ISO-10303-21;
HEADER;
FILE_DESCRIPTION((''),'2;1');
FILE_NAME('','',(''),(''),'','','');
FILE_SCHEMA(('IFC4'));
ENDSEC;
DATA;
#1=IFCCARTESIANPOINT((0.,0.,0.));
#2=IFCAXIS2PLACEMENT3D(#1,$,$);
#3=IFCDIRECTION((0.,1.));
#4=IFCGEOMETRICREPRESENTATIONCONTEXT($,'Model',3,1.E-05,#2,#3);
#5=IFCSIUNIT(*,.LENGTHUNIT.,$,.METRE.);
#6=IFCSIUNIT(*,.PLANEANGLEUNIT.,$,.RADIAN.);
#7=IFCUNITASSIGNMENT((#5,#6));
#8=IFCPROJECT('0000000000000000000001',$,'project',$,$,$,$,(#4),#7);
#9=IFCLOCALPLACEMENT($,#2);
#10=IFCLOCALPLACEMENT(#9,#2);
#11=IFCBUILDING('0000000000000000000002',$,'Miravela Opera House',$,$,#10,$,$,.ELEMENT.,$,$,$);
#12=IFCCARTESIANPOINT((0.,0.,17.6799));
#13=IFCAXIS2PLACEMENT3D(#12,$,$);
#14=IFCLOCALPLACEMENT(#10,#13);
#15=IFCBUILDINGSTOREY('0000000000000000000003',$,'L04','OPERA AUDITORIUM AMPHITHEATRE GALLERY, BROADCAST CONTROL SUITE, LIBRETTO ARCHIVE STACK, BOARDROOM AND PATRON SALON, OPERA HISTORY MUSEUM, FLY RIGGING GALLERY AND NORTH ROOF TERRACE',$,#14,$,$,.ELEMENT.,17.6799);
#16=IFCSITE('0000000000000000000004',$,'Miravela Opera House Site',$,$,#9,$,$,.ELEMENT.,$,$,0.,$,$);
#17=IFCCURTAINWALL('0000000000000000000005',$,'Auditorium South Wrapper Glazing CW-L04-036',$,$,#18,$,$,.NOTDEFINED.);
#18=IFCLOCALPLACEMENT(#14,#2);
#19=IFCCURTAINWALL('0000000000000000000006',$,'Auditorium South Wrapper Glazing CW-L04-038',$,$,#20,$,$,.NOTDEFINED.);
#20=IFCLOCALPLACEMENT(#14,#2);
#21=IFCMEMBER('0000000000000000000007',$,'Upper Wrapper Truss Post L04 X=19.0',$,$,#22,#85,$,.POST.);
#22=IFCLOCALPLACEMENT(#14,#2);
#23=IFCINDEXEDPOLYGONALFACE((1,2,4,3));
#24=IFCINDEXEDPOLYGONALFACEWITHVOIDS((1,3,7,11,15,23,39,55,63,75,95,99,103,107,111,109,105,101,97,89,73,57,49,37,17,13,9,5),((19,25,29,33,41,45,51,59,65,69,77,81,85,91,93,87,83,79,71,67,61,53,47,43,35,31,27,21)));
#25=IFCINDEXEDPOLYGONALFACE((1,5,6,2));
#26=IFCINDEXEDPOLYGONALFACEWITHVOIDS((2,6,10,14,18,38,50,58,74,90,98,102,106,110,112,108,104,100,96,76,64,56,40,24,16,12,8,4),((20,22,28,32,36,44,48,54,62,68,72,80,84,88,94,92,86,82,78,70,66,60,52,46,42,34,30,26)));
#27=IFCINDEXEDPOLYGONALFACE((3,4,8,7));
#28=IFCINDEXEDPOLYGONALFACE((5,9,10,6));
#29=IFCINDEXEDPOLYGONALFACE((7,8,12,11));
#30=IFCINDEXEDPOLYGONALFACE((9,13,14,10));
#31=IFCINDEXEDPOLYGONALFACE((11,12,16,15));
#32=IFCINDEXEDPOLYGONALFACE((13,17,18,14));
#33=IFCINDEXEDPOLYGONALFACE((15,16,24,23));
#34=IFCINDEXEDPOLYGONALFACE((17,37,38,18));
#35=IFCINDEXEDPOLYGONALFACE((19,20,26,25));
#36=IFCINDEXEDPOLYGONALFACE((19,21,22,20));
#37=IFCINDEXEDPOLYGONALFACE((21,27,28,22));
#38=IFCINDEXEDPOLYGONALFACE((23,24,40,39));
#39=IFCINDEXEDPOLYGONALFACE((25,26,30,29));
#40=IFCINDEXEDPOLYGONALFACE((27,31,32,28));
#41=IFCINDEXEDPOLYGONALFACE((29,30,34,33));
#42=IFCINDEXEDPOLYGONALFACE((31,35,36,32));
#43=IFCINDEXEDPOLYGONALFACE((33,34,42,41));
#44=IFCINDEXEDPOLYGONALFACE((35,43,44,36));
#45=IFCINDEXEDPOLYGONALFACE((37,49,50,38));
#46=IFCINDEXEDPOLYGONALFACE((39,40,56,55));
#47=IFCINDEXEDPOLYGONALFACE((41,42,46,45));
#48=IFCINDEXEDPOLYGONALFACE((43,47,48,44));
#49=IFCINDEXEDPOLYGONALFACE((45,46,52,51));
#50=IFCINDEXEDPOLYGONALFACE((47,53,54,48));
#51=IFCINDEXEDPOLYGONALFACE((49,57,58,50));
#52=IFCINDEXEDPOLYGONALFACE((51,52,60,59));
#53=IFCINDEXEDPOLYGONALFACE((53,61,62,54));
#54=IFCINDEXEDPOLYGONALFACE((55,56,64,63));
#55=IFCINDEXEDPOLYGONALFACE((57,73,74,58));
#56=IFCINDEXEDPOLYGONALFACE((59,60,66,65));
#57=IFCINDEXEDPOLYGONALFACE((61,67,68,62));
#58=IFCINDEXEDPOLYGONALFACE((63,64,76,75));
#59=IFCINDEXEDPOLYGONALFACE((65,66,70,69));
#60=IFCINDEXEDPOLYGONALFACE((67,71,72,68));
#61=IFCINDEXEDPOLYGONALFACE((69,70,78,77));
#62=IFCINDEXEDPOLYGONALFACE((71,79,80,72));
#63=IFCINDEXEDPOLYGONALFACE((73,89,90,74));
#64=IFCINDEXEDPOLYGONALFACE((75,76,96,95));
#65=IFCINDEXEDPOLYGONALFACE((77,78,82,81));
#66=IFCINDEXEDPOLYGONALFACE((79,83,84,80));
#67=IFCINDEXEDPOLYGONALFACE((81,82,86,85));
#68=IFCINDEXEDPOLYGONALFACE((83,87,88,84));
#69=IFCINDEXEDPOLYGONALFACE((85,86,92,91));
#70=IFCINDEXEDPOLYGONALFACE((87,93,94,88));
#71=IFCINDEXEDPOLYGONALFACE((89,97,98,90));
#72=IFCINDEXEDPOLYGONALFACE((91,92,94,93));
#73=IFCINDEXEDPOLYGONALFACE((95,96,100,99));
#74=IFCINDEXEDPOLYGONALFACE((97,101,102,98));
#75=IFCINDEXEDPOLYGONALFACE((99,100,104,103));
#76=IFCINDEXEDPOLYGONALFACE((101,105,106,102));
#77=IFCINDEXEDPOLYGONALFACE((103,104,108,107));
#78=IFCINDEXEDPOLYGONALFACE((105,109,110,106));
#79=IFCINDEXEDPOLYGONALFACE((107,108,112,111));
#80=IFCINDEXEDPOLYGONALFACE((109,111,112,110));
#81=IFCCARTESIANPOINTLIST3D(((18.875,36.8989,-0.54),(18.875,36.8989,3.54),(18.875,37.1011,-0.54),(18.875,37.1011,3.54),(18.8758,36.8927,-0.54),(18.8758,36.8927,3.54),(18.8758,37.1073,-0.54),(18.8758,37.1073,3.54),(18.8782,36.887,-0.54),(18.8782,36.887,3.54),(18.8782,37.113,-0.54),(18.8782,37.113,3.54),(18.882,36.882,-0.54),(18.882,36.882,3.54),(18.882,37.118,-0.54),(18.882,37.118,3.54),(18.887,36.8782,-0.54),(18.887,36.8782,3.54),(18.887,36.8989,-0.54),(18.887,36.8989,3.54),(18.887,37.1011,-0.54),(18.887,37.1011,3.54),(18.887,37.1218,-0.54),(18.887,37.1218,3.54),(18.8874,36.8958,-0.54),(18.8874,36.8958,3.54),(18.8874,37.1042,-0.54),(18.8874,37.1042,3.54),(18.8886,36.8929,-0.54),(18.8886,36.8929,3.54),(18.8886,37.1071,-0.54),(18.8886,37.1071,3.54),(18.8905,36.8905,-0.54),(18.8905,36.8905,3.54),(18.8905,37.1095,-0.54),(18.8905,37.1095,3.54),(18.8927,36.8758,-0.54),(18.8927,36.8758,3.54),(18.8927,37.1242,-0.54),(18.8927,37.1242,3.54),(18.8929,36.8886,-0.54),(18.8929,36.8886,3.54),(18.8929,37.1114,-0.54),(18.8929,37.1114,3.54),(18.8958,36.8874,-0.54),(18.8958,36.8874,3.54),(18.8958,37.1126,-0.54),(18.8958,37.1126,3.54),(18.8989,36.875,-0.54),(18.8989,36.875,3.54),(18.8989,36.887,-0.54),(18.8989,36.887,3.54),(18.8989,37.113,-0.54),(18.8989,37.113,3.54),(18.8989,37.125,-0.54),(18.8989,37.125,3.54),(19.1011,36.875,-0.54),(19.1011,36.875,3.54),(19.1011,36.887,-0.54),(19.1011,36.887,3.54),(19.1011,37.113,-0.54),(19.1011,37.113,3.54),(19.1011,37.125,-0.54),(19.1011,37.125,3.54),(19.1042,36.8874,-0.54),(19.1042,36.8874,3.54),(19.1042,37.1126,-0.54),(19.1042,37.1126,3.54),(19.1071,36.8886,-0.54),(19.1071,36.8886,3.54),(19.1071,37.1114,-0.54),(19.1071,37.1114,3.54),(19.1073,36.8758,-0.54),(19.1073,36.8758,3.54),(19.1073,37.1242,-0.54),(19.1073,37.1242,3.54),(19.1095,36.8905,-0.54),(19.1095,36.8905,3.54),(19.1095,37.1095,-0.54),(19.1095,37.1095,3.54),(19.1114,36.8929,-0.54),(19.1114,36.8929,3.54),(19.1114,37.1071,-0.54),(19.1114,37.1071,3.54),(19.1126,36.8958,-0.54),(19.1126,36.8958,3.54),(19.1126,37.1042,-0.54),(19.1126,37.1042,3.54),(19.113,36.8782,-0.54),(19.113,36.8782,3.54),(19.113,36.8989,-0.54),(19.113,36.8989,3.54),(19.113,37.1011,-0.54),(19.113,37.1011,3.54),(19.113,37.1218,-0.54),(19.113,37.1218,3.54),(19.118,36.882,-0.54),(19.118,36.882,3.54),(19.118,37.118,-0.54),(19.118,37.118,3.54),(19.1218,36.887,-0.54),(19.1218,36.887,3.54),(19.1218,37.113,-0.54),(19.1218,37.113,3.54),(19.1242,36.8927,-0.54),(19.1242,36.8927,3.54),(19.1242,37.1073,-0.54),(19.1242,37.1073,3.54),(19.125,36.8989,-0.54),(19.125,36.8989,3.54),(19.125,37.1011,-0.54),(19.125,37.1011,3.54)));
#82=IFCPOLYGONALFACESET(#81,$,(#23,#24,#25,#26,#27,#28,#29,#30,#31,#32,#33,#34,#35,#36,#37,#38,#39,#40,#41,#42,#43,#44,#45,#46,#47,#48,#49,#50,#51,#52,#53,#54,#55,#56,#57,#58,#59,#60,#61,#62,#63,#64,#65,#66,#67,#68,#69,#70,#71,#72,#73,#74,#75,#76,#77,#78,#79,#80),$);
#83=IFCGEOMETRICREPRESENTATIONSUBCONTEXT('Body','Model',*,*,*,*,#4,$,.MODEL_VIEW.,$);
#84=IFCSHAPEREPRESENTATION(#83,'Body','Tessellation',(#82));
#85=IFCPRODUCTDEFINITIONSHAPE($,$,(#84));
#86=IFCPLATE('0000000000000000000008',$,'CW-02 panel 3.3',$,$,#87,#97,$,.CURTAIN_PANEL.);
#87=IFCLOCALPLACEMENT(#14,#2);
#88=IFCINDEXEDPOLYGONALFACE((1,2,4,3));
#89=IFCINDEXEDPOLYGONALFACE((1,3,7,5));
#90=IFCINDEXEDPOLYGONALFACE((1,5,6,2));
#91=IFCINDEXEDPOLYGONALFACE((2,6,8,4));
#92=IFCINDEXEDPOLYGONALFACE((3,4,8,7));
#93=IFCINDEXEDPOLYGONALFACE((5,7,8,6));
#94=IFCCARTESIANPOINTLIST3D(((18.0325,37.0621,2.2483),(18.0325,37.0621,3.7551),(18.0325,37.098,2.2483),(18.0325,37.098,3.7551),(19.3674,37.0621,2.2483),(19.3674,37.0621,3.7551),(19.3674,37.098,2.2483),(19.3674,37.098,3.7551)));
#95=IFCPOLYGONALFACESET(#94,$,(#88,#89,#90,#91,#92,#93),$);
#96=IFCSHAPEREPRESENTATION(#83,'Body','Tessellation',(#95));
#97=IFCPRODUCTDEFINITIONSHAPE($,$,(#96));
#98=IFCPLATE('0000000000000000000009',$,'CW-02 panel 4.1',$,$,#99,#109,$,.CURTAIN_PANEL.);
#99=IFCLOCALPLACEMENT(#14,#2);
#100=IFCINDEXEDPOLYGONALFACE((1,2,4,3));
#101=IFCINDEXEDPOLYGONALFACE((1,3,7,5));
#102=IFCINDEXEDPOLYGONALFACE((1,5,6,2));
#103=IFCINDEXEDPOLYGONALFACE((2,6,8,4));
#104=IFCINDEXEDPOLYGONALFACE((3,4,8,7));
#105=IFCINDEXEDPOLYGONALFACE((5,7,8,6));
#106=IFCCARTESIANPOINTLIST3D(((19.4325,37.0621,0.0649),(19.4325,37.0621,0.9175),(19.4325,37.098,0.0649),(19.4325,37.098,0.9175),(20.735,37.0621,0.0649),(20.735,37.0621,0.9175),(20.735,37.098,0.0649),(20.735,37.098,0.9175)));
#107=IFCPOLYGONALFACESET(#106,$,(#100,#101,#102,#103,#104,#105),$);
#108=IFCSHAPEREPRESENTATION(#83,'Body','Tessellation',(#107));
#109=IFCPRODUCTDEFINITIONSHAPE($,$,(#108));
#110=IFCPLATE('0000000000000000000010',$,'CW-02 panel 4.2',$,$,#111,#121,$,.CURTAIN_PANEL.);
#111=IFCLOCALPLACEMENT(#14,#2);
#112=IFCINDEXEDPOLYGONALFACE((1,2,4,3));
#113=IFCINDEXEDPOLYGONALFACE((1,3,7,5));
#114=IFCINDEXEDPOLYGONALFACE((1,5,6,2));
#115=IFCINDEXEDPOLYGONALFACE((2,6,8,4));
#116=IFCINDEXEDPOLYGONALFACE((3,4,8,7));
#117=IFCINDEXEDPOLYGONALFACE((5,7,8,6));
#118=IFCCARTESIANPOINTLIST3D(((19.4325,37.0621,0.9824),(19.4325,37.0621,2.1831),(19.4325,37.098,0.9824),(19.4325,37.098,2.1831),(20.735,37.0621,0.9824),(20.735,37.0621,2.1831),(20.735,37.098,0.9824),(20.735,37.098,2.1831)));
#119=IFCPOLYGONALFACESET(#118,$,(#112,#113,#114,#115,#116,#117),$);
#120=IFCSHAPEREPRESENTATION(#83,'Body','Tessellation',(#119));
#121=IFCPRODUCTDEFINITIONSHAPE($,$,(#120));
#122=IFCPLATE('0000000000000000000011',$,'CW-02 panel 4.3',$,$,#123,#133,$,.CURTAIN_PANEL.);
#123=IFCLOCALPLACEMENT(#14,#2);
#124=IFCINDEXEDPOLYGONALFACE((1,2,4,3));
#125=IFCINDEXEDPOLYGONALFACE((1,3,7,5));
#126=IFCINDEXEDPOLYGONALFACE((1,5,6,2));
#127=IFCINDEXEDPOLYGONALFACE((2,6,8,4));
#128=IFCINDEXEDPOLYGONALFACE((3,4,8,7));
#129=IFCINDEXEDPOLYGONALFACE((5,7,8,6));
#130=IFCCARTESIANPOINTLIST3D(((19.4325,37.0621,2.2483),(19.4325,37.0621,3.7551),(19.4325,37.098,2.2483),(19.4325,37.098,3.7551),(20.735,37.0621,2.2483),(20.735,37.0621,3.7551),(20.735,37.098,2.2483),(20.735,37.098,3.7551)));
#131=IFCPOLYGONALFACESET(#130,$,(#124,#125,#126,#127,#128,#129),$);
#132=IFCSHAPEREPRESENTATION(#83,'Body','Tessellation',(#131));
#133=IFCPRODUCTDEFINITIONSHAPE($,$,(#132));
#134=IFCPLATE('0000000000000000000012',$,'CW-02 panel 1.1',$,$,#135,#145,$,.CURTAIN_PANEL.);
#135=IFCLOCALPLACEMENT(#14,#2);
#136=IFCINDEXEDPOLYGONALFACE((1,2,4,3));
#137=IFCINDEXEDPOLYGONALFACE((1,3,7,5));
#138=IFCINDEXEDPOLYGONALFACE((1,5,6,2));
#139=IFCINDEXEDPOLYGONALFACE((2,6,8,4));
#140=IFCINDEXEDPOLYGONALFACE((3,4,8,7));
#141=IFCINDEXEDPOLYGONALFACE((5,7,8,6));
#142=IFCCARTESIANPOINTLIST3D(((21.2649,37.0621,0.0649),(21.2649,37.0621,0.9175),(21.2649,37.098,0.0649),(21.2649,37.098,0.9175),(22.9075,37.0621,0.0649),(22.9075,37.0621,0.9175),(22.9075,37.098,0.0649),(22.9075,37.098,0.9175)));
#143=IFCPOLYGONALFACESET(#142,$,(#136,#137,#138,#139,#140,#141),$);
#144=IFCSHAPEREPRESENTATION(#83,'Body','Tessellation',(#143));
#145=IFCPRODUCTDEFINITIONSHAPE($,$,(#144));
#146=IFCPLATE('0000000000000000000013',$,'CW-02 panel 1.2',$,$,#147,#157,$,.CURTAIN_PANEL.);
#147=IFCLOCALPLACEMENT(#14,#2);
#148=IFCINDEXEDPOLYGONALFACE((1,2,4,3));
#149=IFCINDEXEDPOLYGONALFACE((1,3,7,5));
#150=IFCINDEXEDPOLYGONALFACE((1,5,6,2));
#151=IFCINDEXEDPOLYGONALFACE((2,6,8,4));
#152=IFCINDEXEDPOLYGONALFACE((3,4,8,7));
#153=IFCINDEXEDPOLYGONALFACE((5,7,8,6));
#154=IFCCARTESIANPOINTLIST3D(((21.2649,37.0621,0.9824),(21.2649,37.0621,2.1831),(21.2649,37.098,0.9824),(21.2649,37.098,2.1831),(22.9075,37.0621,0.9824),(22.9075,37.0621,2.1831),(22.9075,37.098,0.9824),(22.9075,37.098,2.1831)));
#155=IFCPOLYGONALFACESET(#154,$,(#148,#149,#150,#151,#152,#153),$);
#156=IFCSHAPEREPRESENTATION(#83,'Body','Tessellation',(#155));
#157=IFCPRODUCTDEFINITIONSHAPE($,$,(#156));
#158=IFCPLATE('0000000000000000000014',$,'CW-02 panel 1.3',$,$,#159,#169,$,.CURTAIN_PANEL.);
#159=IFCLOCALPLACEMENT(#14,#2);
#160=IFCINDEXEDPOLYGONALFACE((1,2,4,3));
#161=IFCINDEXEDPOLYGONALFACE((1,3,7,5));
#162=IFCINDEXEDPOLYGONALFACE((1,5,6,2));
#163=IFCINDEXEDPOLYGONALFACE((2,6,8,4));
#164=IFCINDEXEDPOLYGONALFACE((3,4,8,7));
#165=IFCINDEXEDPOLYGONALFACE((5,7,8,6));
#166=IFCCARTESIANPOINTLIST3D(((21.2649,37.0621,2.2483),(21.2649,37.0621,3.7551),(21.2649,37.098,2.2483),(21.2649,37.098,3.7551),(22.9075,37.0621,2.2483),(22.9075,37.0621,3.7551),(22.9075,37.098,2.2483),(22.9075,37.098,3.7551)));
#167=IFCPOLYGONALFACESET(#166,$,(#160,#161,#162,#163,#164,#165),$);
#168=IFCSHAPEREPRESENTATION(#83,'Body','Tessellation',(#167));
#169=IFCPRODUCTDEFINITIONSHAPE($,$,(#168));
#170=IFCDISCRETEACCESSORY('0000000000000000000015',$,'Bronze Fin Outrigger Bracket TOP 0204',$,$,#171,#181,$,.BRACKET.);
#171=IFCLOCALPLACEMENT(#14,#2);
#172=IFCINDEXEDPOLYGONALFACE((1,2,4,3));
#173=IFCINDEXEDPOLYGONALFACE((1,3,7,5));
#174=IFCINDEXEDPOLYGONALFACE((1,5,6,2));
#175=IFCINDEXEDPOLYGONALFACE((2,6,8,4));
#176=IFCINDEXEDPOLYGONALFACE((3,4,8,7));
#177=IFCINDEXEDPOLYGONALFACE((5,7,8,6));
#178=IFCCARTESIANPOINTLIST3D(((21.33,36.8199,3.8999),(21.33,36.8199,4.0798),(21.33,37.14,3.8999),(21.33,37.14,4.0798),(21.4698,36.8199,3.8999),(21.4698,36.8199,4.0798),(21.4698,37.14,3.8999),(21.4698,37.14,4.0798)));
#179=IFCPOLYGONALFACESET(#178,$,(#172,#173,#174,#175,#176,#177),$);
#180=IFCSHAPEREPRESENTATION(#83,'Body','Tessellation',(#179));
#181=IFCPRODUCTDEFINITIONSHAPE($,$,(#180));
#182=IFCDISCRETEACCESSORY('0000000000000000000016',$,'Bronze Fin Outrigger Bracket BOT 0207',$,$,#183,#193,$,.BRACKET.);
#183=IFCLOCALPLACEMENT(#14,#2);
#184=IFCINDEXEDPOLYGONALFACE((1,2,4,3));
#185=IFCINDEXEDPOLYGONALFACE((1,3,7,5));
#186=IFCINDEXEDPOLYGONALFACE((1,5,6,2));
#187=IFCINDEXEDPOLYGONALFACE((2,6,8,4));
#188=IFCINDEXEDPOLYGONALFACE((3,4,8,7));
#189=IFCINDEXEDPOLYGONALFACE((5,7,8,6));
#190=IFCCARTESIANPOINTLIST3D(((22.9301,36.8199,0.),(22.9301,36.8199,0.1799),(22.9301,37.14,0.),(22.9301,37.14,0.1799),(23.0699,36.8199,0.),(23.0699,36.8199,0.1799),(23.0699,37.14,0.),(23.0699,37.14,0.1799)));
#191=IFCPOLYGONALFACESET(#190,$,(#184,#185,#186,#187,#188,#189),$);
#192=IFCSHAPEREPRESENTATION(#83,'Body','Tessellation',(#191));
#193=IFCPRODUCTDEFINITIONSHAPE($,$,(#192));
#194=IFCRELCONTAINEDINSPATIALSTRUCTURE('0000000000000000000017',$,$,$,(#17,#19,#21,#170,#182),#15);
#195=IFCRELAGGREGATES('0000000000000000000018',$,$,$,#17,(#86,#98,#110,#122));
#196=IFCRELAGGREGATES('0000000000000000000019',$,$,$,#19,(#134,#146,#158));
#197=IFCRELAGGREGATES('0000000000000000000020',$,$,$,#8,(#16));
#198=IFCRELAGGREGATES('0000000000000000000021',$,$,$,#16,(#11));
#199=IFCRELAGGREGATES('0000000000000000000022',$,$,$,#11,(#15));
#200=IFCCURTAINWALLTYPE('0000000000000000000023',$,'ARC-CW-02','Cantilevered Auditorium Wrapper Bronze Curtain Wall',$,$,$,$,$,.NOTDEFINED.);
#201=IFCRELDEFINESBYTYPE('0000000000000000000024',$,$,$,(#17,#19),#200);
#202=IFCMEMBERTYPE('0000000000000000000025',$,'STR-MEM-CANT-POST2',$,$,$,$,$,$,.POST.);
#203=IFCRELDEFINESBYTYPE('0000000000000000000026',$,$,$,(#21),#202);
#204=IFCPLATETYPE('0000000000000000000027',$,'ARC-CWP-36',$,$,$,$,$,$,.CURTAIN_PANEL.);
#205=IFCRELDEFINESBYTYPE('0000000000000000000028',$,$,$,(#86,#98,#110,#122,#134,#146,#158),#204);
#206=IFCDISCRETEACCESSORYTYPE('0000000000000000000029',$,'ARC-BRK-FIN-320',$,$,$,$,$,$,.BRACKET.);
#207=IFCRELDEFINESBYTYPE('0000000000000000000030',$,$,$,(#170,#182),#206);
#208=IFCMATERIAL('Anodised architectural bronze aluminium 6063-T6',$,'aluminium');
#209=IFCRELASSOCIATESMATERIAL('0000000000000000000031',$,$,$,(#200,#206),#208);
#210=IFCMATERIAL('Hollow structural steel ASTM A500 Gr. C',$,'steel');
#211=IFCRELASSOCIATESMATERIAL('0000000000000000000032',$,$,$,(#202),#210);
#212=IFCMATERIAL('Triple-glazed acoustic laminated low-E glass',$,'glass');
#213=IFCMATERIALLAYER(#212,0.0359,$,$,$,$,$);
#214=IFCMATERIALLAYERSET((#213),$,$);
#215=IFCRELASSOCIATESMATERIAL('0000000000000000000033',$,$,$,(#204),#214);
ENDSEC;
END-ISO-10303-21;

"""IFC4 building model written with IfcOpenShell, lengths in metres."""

from ifc_helpers import new_model, si_unit, direction, frame, origin, origin_2d, place, context, subcontext, project, spatial, rectangle, hollow_rectangle, extrude, material, layer, layer_set, material_profile, profile_set, type_object, element, aggregate, save


model = new_model("IFC4")

# Units and contexts
model_context = context("Model", 3, precision=1e-05, world=origin(), true_north=direction((0.0, 1.0)))
body_context = subcontext(model_context, "Body", "Model", "MODEL_VIEW")
ifc_project = project(units=[si_unit("LENGTHUNIT", "METRE"), si_unit("PLANEANGLEUNIT", "RADIAN")], contexts=[model_context])

# Site, building, storey
site_placement = place(None, origin())
site = spatial("IfcSite", under=ifc_project, at=site_placement, Name="Miravela Opera House Site", CompositionType="ELEMENT", RefElevation=0.0)
building_placement = place(site_placement, origin())
building = spatial("IfcBuilding", under=site, at=building_placement, Name="Miravela Opera House", CompositionType="ELEMENT")
storey_placement = place(building_placement, frame((0.0, 0.0, 17.6799)))
storey = spatial("IfcBuildingStorey", under=building, at=storey_placement, Name="L04", Description="OPERA AUDITORIUM AMPHITHEATRE GALLERY, BROADCAST CONTROL SUITE, LIBRETTO ARCHIVE STACK, BOARDROOM AND PATRON SALON, OPERA HISTORY MUSEUM, FLY RIGGING GALLERY AND NORTH ROOF TERRACE", CompositionType="ELEMENT", Elevation=17.6799)

# Curtain walls
ifc_material_1 = material(Name="Anodised architectural bronze aluminium 6063-T6", Category="aluminium")
curtain_wall_type = type_object("IfcCurtainWallType", Name="ARC-CW-02", Description="Cantilevered Auditorium Wrapper Bronze Curtain Wall", PredefinedType="NOTDEFINED", material=ifc_material_1)
curtain_wall_1_placement = place(storey_placement, origin())
curtain_wall_1 = element("IfcCurtainWall", 1, at=curtain_wall_1_placement, inside=storey, type_object=curtain_wall_type, Name="Auditorium South Wrapper Glazing CW-L04-036", PredefinedType="NOTDEFINED")
curtain_wall_2_placement = place(storey_placement, origin())
curtain_wall_2 = element("IfcCurtainWall", 2, at=curtain_wall_2_placement, inside=storey, type_object=curtain_wall_type, Name="Auditorium South Wrapper Glazing CW-L04-038", PredefinedType="NOTDEFINED")

# Member
ifc_material_2 = material(Name="Hollow structural steel ASTM A500 Gr. C", Category="steel")
ifc_material_profile_1 = material_profile(ifc_material_2, hollow_rectangle(XDim=0.25, YDim=0.25, WallThickness=0.012, InnerFilletRadius=0.012, OuterFilletRadius=0.0239, at=origin_2d()), Name="HSS250X250X12")
ifc_profile_set_1 = profile_set([ifc_material_profile_1])
member_type_1 = type_object("IfcMemberType", Name="STR-MEM-CANT-POST2", PredefinedType="POST", material=ifc_profile_set_1)
member_1_placement = place(storey_placement, frame((19.0, 37.0, -0.54), z_axis=(0.0, 0.0, 1.0), x_axis=(1.0, 0.0, 0.0)))
element("IfcMember", 3, at=member_1_placement, inside=storey, type_object=member_type_1, Name="Upper Wrapper Truss Post L04 X=19.0", PredefinedType="POST", context=body_context, shape_type="SweptSolid", body=[
    extrude(hollow_rectangle(XDim=0.25, YDim=0.25, WallThickness=0.012, InnerFilletRadius=0.012, OuterFilletRadius=0.0239, at=origin_2d()), origin(), (0.0, 0.0, 1.0), 4.0801),
])

# Plates
ifc_material_3 = material(Name="Triple-glazed acoustic laminated low-E glass", Category="glass")
ifc_layer = layer(ifc_material_3, 0.0359)
ifc_layer_set = layer_set([ifc_layer])
plate_type = type_object("IfcPlateType", Name="ARC-CWP-36", PredefinedType="CURTAIN_PANEL", material=ifc_layer_set)
plate_1_placement = place(storey_placement, frame((18.7, 37.0801, 2.2483), z_axis=(0.0, 0.0, 1.0), x_axis=(1.0, 0.0, 0.0)))
plate_1 = element("IfcPlate", 4, at=plate_1_placement, type_object=plate_type, Name="CW-02 panel 3.3", PredefinedType="CURTAIN_PANEL", context=body_context, shape_type="SweptSolid", body=[
    extrude(rectangle(XDim=1.335, YDim=0.0359, at=origin_2d()), origin(), (0.0, 0.0, 1.0), 1.5068),
])
plate_2_placement = place(storey_placement, frame((20.0837, 37.0801, 0.0649), z_axis=(0.0, 0.0, 1.0), x_axis=(1.0, 0.0, 0.0)))
plate_2 = element("IfcPlate", 5, at=plate_2_placement, type_object=plate_type, Name="CW-02 panel 4.1", PredefinedType="CURTAIN_PANEL", context=body_context, shape_type="SweptSolid", body=[
    extrude(rectangle(XDim=1.3025, YDim=0.0359, at=origin_2d()), origin(), (0.0, 0.0, 1.0), 0.8525),
])
plate_3_placement = place(storey_placement, frame((20.0837, 37.0801, 0.9824), z_axis=(0.0, 0.0, 1.0), x_axis=(1.0, 0.0, 0.0)))
plate_3 = element("IfcPlate", 6, at=plate_3_placement, type_object=plate_type, Name="CW-02 panel 4.2", PredefinedType="CURTAIN_PANEL", context=body_context, shape_type="SweptSolid", body=[
    extrude(rectangle(XDim=1.3025, YDim=0.0359, at=origin_2d()), origin(), (0.0, 0.0, 1.0), 1.2007),
])
plate_4_placement = place(storey_placement, frame((20.0837, 37.0801, 2.2483), z_axis=(0.0, 0.0, 1.0), x_axis=(1.0, 0.0, 0.0)))
plate_4 = element("IfcPlate", 7, at=plate_4_placement, type_object=plate_type, Name="CW-02 panel 4.3", PredefinedType="CURTAIN_PANEL", context=body_context, shape_type="SweptSolid", body=[
    extrude(rectangle(XDim=1.3025, YDim=0.0359, at=origin_2d()), origin(), (0.0, 0.0, 1.0), 1.5068),
])
aggregate(curtain_wall_1, [plate_1, plate_2, plate_3, plate_4])
plate_5_placement = place(storey_placement, frame((22.0862, 37.0801, 0.0649), z_axis=(0.0, 0.0, 1.0), x_axis=(1.0, 0.0, 0.0)))
plate_5 = element("IfcPlate", 8, at=plate_5_placement, type_object=plate_type, Name="CW-02 panel 1.1", PredefinedType="CURTAIN_PANEL", context=body_context, shape_type="SweptSolid", body=[
    extrude(rectangle(XDim=1.6426, YDim=0.0359, at=origin_2d()), origin(), (0.0, 0.0, 1.0), 0.8525),
])
plate_6_placement = place(storey_placement, frame((22.0862, 37.0801, 0.9824), z_axis=(0.0, 0.0, 1.0), x_axis=(1.0, 0.0, 0.0)))
plate_6 = element("IfcPlate", 9, at=plate_6_placement, type_object=plate_type, Name="CW-02 panel 1.2", PredefinedType="CURTAIN_PANEL", context=body_context, shape_type="SweptSolid", body=[
    extrude(rectangle(XDim=1.6426, YDim=0.0359, at=origin_2d()), origin(), (0.0, 0.0, 1.0), 1.2007),
])
plate_7_placement = place(storey_placement, frame((22.0862, 37.0801, 2.2483), z_axis=(0.0, 0.0, 1.0), x_axis=(1.0, 0.0, 0.0)))
plate_7 = element("IfcPlate", 10, at=plate_7_placement, type_object=plate_type, Name="CW-02 panel 1.3", PredefinedType="CURTAIN_PANEL", context=body_context, shape_type="SweptSolid", body=[
    extrude(rectangle(XDim=1.6426, YDim=0.0359, at=origin_2d()), origin(), (0.0, 0.0, 1.0), 1.5068),
])
aggregate(curtain_wall_2, [plate_5, plate_6, plate_7])

# Discrete accessories
discrete_accessory_type = type_object("IfcDiscreteAccessoryType", Name="ARC-BRK-FIN-320", PredefinedType="BRACKET", material=ifc_material_1)
for number, where, z_axis, x_axis, name in (
    (11, (21.3999, 36.98, 3.8999), (0.0, 0.0, 1.0), (0.0, 1.0, 0.0), "Bronze Fin Outrigger Bracket TOP 0204"),
    (12, (23.0, 36.98, 0.0), (0.0, 0.0, 1.0), (0.0, 1.0, 0.0), "Bronze Fin Outrigger Bracket BOT 0207"),
):
    element("IfcDiscreteAccessory", number, at=place(storey_placement, frame(where, z_axis=z_axis, x_axis=x_axis)), inside=storey, type_object=discrete_accessory_type, Name=name, PredefinedType="BRACKET", context=body_context, shape_type="SweptSolid", body=[
        extrude(rectangle(XDim=0.3201, YDim=0.1399, at=origin_2d()), origin(), (0.0, 0.0, 1.0), 0.1799),
    ])

save(model, "model.ifc")
